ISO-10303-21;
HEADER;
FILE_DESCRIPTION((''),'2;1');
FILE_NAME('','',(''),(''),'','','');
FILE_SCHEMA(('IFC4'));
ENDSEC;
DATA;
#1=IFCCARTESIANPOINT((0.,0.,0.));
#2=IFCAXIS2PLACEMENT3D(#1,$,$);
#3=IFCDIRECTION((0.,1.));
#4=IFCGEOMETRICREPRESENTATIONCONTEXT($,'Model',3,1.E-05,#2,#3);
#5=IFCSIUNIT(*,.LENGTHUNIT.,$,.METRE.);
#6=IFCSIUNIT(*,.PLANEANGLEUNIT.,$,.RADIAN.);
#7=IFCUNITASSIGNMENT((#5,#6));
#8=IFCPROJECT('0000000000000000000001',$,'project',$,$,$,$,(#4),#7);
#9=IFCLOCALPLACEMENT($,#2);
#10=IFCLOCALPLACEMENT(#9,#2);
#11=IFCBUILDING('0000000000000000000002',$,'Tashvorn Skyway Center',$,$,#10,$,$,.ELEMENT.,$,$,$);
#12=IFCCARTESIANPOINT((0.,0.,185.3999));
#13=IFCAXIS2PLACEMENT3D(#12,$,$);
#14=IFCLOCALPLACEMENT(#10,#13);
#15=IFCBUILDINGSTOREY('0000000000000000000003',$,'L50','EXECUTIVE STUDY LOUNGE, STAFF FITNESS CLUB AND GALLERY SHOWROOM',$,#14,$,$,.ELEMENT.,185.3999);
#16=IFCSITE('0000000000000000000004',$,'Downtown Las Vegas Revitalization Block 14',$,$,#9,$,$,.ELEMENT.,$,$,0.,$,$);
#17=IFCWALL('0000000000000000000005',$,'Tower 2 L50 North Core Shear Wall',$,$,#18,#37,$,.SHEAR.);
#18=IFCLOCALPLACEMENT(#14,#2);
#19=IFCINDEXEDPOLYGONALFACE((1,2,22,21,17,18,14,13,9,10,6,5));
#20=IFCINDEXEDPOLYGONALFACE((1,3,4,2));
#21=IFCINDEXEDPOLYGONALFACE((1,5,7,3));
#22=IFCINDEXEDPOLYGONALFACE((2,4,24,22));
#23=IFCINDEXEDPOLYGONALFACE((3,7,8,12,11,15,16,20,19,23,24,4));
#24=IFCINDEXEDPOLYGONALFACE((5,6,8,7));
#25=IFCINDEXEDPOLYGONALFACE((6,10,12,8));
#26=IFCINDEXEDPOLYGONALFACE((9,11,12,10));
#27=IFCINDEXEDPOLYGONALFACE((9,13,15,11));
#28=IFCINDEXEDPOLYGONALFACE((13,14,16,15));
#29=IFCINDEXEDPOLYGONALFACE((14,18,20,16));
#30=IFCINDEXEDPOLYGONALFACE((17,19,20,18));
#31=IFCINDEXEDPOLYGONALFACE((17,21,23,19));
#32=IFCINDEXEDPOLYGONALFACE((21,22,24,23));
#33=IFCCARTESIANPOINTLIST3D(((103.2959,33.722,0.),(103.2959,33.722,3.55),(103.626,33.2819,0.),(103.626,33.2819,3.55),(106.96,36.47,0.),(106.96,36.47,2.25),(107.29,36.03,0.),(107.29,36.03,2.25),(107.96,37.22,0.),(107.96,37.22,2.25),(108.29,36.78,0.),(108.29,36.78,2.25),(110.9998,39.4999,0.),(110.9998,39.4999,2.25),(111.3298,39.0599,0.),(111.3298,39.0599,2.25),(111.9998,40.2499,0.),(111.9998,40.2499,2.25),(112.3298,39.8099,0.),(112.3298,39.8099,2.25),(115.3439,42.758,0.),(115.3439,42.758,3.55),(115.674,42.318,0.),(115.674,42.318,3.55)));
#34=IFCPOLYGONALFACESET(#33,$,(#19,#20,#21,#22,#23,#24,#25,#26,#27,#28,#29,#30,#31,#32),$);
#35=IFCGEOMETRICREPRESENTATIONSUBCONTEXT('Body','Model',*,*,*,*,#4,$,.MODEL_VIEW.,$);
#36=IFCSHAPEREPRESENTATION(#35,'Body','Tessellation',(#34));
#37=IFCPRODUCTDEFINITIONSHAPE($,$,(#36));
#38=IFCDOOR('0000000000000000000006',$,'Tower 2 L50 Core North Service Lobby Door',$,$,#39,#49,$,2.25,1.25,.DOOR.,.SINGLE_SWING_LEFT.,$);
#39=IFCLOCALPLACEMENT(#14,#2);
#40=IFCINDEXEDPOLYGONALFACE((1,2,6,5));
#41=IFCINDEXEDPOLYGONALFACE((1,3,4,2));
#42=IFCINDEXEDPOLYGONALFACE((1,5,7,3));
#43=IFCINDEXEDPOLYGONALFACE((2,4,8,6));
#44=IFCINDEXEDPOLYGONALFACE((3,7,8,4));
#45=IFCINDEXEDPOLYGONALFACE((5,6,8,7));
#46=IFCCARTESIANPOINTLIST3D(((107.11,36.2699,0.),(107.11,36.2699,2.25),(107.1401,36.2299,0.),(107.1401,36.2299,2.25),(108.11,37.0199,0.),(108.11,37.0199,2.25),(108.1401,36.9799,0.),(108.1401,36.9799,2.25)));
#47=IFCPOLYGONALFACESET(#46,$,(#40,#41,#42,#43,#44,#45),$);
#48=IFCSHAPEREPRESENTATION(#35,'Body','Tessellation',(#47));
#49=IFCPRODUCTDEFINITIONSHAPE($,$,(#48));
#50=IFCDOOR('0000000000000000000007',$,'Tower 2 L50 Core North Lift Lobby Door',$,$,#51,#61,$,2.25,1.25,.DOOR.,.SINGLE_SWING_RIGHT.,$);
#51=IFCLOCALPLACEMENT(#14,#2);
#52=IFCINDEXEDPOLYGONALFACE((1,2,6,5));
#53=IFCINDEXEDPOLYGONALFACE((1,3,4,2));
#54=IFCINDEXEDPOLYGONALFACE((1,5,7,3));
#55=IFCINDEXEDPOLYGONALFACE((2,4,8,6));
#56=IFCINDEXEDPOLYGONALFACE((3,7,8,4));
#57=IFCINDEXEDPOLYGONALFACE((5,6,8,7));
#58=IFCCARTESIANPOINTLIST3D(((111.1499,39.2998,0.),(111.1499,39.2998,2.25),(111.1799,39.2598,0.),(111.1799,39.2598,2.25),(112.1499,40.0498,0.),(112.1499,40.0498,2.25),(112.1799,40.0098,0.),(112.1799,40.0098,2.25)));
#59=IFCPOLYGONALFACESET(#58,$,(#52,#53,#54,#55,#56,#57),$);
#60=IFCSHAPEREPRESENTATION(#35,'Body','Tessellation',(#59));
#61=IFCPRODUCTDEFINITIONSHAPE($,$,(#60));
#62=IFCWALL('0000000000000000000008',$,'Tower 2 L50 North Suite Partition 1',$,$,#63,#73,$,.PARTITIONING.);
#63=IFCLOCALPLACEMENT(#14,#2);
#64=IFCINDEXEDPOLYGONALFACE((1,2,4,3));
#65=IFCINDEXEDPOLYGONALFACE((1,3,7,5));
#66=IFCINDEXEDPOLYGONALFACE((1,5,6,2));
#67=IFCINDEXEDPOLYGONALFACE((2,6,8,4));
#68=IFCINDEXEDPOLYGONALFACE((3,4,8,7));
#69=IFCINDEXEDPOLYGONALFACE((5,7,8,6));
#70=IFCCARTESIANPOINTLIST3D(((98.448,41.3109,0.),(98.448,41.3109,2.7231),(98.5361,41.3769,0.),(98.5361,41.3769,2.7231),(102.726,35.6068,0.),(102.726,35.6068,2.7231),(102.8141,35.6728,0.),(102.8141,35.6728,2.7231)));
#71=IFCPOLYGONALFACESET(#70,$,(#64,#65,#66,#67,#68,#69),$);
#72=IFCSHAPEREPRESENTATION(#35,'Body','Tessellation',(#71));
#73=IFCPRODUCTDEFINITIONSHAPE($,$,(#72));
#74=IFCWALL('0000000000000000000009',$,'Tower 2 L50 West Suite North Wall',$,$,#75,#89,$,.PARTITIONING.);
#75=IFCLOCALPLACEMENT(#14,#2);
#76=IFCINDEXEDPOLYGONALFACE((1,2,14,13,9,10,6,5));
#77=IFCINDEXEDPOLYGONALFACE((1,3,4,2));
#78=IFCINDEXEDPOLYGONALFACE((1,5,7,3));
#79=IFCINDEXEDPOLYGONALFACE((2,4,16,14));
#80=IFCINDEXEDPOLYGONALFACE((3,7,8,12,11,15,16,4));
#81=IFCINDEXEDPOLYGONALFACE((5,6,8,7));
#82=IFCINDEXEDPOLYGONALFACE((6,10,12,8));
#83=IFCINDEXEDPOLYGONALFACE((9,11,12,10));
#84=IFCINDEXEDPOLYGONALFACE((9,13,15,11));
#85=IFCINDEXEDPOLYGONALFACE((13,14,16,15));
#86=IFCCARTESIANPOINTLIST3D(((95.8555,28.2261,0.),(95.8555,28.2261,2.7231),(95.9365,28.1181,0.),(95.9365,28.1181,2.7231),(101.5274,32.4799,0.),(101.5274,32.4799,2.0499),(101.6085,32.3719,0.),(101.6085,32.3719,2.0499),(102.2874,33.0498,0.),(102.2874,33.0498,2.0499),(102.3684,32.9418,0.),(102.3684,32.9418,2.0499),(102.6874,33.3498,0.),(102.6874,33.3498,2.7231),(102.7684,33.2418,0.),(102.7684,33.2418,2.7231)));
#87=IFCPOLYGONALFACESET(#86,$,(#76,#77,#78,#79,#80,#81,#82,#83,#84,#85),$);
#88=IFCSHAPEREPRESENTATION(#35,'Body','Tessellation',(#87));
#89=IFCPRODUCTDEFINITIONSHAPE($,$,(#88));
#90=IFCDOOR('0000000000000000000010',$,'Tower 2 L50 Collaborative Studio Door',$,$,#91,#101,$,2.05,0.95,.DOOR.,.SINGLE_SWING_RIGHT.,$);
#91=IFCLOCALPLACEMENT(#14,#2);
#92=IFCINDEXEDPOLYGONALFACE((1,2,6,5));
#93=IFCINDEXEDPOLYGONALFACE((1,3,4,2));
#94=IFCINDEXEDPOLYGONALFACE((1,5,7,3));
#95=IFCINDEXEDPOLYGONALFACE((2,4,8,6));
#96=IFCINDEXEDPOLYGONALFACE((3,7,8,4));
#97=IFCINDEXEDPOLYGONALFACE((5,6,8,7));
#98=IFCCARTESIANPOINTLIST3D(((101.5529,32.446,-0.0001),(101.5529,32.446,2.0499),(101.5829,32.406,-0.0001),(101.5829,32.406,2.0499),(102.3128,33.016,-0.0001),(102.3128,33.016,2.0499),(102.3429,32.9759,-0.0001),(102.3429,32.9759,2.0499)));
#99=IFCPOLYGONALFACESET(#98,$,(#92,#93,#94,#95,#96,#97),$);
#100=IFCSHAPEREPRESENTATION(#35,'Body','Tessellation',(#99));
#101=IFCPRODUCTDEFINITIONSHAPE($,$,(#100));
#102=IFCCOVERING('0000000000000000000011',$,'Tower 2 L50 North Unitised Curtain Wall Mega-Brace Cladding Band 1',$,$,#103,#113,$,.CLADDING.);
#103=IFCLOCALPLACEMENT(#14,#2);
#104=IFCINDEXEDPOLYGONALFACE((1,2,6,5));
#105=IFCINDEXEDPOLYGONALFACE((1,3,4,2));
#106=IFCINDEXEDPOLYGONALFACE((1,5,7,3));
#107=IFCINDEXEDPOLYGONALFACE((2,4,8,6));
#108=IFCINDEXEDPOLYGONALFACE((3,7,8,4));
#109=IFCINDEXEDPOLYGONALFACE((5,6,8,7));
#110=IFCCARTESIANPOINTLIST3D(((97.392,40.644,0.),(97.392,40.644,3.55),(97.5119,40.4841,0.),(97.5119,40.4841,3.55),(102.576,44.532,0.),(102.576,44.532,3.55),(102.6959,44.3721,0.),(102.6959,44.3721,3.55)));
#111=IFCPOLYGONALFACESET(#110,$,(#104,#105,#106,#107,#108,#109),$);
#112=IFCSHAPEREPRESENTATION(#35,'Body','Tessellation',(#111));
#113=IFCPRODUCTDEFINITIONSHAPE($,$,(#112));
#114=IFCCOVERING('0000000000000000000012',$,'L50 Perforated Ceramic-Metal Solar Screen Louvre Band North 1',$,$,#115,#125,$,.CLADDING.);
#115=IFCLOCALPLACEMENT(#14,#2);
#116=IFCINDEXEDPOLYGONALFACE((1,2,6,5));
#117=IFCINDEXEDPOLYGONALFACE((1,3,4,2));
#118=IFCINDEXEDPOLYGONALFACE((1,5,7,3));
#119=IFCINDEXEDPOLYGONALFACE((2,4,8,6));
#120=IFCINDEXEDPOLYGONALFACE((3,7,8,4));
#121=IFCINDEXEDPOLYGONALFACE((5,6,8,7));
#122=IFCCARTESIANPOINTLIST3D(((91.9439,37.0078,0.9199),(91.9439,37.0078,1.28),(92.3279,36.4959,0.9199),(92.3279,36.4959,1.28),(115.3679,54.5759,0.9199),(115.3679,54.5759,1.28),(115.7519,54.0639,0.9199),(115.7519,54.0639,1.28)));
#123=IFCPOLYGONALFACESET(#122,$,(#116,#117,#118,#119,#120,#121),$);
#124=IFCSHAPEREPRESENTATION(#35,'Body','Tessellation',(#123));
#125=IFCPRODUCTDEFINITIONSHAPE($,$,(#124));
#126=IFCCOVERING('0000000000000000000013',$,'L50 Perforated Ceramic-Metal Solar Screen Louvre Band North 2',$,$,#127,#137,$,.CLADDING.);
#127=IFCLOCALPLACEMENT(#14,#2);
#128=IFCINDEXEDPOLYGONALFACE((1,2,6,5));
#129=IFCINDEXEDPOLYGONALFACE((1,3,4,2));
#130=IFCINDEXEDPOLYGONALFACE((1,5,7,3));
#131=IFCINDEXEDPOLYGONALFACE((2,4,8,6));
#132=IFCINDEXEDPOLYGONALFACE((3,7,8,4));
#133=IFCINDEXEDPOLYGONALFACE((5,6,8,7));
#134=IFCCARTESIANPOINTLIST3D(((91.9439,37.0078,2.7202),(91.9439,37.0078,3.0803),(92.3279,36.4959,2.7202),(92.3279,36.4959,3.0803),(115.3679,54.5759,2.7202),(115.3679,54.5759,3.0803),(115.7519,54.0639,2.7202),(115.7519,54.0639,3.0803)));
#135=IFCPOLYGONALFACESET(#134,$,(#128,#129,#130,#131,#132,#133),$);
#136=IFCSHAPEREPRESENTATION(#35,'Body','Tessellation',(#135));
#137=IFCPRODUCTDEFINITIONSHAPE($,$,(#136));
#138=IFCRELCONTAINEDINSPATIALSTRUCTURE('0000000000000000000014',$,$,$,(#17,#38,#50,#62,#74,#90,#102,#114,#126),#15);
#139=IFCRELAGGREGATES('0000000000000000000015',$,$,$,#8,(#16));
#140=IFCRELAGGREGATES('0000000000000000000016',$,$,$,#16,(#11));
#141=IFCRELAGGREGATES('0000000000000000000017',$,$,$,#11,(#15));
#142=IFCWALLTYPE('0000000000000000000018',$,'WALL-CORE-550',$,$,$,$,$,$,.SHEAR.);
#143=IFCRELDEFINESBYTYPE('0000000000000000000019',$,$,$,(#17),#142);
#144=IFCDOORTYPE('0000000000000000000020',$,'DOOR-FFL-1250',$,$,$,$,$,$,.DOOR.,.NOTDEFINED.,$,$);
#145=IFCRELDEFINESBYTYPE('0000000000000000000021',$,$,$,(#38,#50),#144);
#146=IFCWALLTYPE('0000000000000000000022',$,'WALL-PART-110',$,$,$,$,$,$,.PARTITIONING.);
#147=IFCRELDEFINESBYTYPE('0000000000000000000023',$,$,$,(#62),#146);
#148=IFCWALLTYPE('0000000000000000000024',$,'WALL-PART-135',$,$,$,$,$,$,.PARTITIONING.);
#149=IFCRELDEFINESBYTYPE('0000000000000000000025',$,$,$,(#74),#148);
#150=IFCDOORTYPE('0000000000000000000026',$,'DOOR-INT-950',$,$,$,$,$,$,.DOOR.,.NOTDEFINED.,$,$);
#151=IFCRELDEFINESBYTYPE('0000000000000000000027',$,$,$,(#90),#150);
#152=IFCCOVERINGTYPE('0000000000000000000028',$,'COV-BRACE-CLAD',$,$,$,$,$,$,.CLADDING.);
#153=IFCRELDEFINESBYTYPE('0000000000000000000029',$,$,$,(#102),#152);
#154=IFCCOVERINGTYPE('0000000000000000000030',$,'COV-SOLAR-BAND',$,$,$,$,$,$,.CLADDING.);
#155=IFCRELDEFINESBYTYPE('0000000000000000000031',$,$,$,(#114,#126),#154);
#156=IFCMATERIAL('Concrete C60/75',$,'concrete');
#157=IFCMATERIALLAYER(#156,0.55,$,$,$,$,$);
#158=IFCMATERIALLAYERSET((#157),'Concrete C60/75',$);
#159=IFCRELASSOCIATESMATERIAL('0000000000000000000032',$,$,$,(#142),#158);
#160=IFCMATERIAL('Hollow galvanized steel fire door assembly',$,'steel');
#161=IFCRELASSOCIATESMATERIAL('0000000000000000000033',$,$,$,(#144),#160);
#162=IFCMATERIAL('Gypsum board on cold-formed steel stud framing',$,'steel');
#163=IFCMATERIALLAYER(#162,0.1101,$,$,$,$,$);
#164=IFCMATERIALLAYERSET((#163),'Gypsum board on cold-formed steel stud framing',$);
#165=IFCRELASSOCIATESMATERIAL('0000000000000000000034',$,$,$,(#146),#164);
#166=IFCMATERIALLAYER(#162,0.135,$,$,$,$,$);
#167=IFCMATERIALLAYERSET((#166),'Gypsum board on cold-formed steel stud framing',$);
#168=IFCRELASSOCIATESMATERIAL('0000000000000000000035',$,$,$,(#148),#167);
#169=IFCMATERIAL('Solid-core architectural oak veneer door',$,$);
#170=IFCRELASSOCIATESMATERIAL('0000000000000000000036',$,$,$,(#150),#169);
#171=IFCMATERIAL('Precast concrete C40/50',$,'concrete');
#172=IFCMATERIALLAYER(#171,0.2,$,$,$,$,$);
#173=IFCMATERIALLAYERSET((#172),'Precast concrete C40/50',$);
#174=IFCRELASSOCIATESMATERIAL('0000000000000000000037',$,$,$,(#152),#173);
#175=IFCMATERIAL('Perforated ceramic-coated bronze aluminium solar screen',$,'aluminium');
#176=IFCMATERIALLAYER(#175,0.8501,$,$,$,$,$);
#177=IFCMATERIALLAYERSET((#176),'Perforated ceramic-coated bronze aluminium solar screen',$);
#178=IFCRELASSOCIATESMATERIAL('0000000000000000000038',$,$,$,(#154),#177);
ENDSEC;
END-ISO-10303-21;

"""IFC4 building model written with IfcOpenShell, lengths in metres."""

from ifc_helpers import new_model, si_unit, direction, frame, frame_2d, origin, origin_2d, place, context, subcontext, project, spatial, rectangle, extrude, material, layer, layer_set, type_object, element, fill, save


model = new_model("IFC4")

# Units and contexts
model_context = context("Model", 3, precision=1e-05, world=origin(), true_north=direction((0.0, 1.0)))
body_context = subcontext(model_context, "Body", "Model", "MODEL_VIEW")
ifc_project = project(units=[si_unit("LENGTHUNIT", "METRE"), si_unit("PLANEANGLEUNIT", "RADIAN")], contexts=[model_context])

# Site, building, storey
site_placement = place(None, origin())
site = spatial("IfcSite", under=ifc_project, at=site_placement, Name="Downtown Las Vegas Revitalization Block 14", CompositionType="ELEMENT", RefElevation=0.0)
building_placement = place(site_placement, origin())
building = spatial("IfcBuilding", under=site, at=building_placement, Name="Tashvorn Skyway Center", CompositionType="ELEMENT")
storey_placement = place(building_placement, frame((0.0, 0.0, 185.3999)))
storey = spatial("IfcBuildingStorey", under=building, at=storey_placement, Name="L50", Description="EXECUTIVE STUDY LOUNGE, STAFF FITNESS CLUB AND GALLERY SHOWROOM", CompositionType="ELEMENT", Elevation=185.3999)

# Wall, openings, doors
ifc_material_1 = material(Name="Concrete C60/75", Category="concrete")
ifc_layer_1 = layer(ifc_material_1, 0.55)
ifc_layer_set_1 = layer_set([ifc_layer_1], Name="Concrete C60/75")
wall_type_1 = type_object("IfcWallType", Name="WALL-CORE-550", PredefinedType="SHEAR", material=ifc_layer_set_1)
wall_1_placement = place(storey_placement, frame((103.4609, 33.502, 0.0), z_axis=(0.0, 0.0, 1.0), x_axis=(0.799998, 0.600003, 0.0)))
wall_1 = element("IfcWall", 1, at=wall_1_placement, inside=storey, type_object=wall_type_1, Name="Tower 2 L50 North Core Shear Wall", PredefinedType="SHEAR", context=body_context, shape_type="SweptSolid", body=[
    extrude(rectangle(XDim=15.0601, YDim=0.55, at=frame_2d((7.53, 0.0))), origin(), (0.0, 0.0, 1.0), 3.55),
])
opening_1_placement = place(wall_1_placement, frame((4.5801, 0.0, 0.0)))
opening_1 = element("IfcOpeningElement", 2, at=opening_1_placement, cuts=wall_1, PredefinedType="OPENING", context=body_context, shape_type="SweptSolid", body=[
    extrude(rectangle(XDim=1.25, YDim=2.25, at=frame_2d((0.625, 1.125))), frame((0.0, 0.2849, 0.0), z_axis=(0.0, -1.0, 0.0), x_axis=(1.0, 0.0, 0.0)), (0.0, 0.0, 1.0), 0.5701),
])
opening_2_placement = place(wall_1_placement, frame((9.6299, 0.0, 0.0)))
opening_2 = element("IfcOpeningElement", 3, at=opening_2_placement, cuts=wall_1, PredefinedType="OPENING", context=body_context, shape_type="SweptSolid", body=[
    extrude(rectangle(XDim=1.25, YDim=2.25, at=frame_2d((0.625, 1.125))), frame((0.0, 0.2849, 0.0), z_axis=(0.0, -1.0, 0.0), x_axis=(1.0, 0.0, 0.0)), (0.0, 0.0, 1.0), 0.5701),
])
ifc_material_2 = material(Name="Hollow galvanized steel fire door assembly", Category="steel")
door_type_1 = type_object("IfcDoorType", Name="DOOR-FFL-1250", OperationType="NOTDEFINED", PredefinedType="DOOR", material=ifc_material_2)
door_1_placement = place(opening_1_placement, origin())
door_1 = element("IfcDoor", 4, at=door_1_placement, inside=storey, type_object=door_type_1, Name="Tower 2 L50 Core North Service Lobby Door", OperationType="SINGLE_SWING_LEFT", OverallHeight=2.25, OverallWidth=1.25, PredefinedType="DOOR", context=body_context, shape_type="SweptSolid", body=[
    extrude(rectangle(XDim=1.25, YDim=2.25, at=frame_2d((0.625, 1.125))), frame((0.0, 0.0249, 0.0), z_axis=(0.0, -1.0, 0.0), x_axis=(1.0, 0.0, 0.0)), (0.0, 0.0, 1.0), 0.05),
])
fill(opening_1, door_1)
door_2_placement = place(opening_2_placement, origin())
door_2 = element("IfcDoor", 5, at=door_2_placement, inside=storey, type_object=door_type_1, Name="Tower 2 L50 Core North Lift Lobby Door", OperationType="SINGLE_SWING_RIGHT", OverallHeight=2.25, OverallWidth=1.25, PredefinedType="DOOR", context=body_context, shape_type="SweptSolid", body=[
    extrude(rectangle(XDim=1.25, YDim=2.25, at=frame_2d((0.625, 1.125))), frame((0.0, 0.0249, 0.0), z_axis=(0.0, -1.0, 0.0), x_axis=(1.0, 0.0, 0.0)), (0.0, 0.0, 1.0), 0.05),
])
fill(opening_2, door_2)

# Wall
ifc_material_3 = material(Name="Gypsum board on cold-formed steel stud framing", Category="steel")
ifc_layer_2 = layer(ifc_material_3, 0.1101)
ifc_layer_set_2 = layer_set([ifc_layer_2], Name="Gypsum board on cold-formed steel stud framing")
wall_type_2 = type_object("IfcWallType", Name="WALL-PART-110", PredefinedType="PARTITIONING", material=ifc_layer_set_2)
wall_2_placement = place(storey_placement, frame((102.77, 35.6399, 0.0), z_axis=(0.0, 0.0, 1.0), x_axis=(-0.6, 0.8, 0.0)))
element("IfcWall", 6, at=wall_2_placement, inside=storey, type_object=wall_type_2, Name="Tower 2 L50 North Suite Partition 1", PredefinedType="PARTITIONING", context=body_context, shape_type="SweptSolid", body=[
    extrude(rectangle(XDim=7.1301, YDim=0.1101, at=frame_2d((3.5649, 0.0))), origin(), (0.0, 0.0, 1.0), 2.7231),
])

# Wall, opening, door
ifc_layer_3 = layer(ifc_material_3, 0.135)
ifc_layer_set_3 = layer_set([ifc_layer_3], Name="Gypsum board on cold-formed steel stud framing")
wall_type_3 = type_object("IfcWallType", Name="WALL-PART-135", PredefinedType="PARTITIONING", material=ifc_layer_set_3)
wall_3_placement = place(storey_placement, frame((102.728, 33.2959, 0.0), z_axis=(0.0, 0.0, 1.0), x_axis=(-0.800014, -0.599982, 0.0)))
wall_3 = element("IfcWall", 7, at=wall_3_placement, inside=storey, type_object=wall_type_3, Name="Tower 2 L50 West Suite North Wall", PredefinedType="PARTITIONING", context=body_context, shape_type="SweptSolid", body=[
    extrude(rectangle(XDim=8.5398, YDim=0.135, at=frame_2d((4.27, 0.0))), origin(), (0.0, 0.0, 1.0), 2.7231),
])
opening_3_placement = place(wall_3_placement, frame((0.5, 0.0, 0.0)))
opening_3 = element("IfcOpeningElement", 8, at=opening_3_placement, cuts=wall_3, PredefinedType="OPENING", context=body_context, shape_type="SweptSolid", body=[
    extrude(rectangle(XDim=0.95, YDim=2.05, at=frame_2d((0.4751, 1.0249))), frame((0.0, 0.0774, 0.0), z_axis=(0.0, -1.0, 0.0), x_axis=(1.0, 0.0, 0.0)), (0.0, 0.0, 1.0), 0.155),
])
ifc_material_4 = material(Name="Solid-core architectural oak veneer door")
door_type_2 = type_object("IfcDoorType", Name="DOOR-INT-950", OperationType="NOTDEFINED", PredefinedType="DOOR", material=ifc_material_4)
door_3_placement = place(opening_3_placement, origin())
door_3 = element("IfcDoor", 9, at=door_3_placement, inside=storey, type_object=door_type_2, Name="Tower 2 L50 Collaborative Studio Door", OperationType="SINGLE_SWING_RIGHT", OverallHeight=2.05, OverallWidth=0.95, PredefinedType="DOOR", context=body_context, shape_type="SweptSolid", body=[
    extrude(rectangle(XDim=0.95, YDim=2.05, at=frame_2d((0.4751, 1.0249))), frame((0.0, 0.0249, 0.0), z_axis=(0.0, -1.0, 0.0), x_axis=(1.0, 0.0, 0.0)), (0.0, 0.0, 1.0), 0.05),
])
fill(opening_3, door_3)

# Coverings
ifc_material_5 = material(Name="Precast concrete C40/50", Category="concrete")
ifc_layer_4 = layer(ifc_material_5, 0.2)
ifc_layer_set_4 = layer_set([ifc_layer_4], Name="Precast concrete C40/50")
covering_type_1 = type_object("IfcCoveringType", Name="COV-BRACE-CLAD", PredefinedType="CLADDING", material=ifc_layer_set_4)
covering_placement = place(storey_placement, frame((100.0439, 42.5081, 0.0), z_axis=(0.0, 0.0, 1.0), x_axis=(0.8, 0.6, 0.0)))
element("IfcCovering", 10, at=covering_placement, inside=storey, type_object=covering_type_1, Name="Tower 2 L50 North Unitised Curtain Wall Mega-Brace Cladding Band 1", PredefinedType="CLADDING", context=body_context, shape_type="SweptSolid", body=[
    extrude(rectangle(XDim=6.48, YDim=0.2, at=origin_2d()), origin(), (0.0, 0.0, 1.0), 3.55),
])
ifc_material_6 = material(Name="Perforated ceramic-coated bronze aluminium solar screen", Category="aluminium")
ifc_layer_5 = layer(ifc_material_6, 0.8501)
ifc_layer_set_5 = layer_set([ifc_layer_5], Name="Perforated ceramic-coated bronze aluminium solar screen")
covering_type_2 = type_object("IfcCoveringType", Name="COV-SOLAR-BAND", PredefinedType="CLADDING", material=ifc_layer_set_5)
for number, where, z_axis, x_axis, name in (
    (11, (103.8479, 45.5359, 0.9199), (0.0, 0.0, 1.0), (0.8, 0.6, 0.0), "L50 Perforated Ceramic-Metal Solar Screen Louvre Band North 1"),
    (12, (103.8479, 45.5359, 2.7202), (0.0, 0.0, 1.0), (0.8, 0.6, 0.0), "L50 Perforated Ceramic-Metal Solar Screen Louvre Band North 2"),
):
    element("IfcCovering", number, at=place(storey_placement, frame(where, z_axis=z_axis, x_axis=x_axis)), inside=storey, type_object=covering_type_2, Name=name, PredefinedType="CLADDING", context=body_context, shape_type="SweptSolid", body=[
        extrude(rectangle(XDim=29.28, YDim=0.6399, at=origin_2d()), origin(), (0.0, 0.0, 1.0), 0.3601),
    ])

save(model, "model.ifc")
